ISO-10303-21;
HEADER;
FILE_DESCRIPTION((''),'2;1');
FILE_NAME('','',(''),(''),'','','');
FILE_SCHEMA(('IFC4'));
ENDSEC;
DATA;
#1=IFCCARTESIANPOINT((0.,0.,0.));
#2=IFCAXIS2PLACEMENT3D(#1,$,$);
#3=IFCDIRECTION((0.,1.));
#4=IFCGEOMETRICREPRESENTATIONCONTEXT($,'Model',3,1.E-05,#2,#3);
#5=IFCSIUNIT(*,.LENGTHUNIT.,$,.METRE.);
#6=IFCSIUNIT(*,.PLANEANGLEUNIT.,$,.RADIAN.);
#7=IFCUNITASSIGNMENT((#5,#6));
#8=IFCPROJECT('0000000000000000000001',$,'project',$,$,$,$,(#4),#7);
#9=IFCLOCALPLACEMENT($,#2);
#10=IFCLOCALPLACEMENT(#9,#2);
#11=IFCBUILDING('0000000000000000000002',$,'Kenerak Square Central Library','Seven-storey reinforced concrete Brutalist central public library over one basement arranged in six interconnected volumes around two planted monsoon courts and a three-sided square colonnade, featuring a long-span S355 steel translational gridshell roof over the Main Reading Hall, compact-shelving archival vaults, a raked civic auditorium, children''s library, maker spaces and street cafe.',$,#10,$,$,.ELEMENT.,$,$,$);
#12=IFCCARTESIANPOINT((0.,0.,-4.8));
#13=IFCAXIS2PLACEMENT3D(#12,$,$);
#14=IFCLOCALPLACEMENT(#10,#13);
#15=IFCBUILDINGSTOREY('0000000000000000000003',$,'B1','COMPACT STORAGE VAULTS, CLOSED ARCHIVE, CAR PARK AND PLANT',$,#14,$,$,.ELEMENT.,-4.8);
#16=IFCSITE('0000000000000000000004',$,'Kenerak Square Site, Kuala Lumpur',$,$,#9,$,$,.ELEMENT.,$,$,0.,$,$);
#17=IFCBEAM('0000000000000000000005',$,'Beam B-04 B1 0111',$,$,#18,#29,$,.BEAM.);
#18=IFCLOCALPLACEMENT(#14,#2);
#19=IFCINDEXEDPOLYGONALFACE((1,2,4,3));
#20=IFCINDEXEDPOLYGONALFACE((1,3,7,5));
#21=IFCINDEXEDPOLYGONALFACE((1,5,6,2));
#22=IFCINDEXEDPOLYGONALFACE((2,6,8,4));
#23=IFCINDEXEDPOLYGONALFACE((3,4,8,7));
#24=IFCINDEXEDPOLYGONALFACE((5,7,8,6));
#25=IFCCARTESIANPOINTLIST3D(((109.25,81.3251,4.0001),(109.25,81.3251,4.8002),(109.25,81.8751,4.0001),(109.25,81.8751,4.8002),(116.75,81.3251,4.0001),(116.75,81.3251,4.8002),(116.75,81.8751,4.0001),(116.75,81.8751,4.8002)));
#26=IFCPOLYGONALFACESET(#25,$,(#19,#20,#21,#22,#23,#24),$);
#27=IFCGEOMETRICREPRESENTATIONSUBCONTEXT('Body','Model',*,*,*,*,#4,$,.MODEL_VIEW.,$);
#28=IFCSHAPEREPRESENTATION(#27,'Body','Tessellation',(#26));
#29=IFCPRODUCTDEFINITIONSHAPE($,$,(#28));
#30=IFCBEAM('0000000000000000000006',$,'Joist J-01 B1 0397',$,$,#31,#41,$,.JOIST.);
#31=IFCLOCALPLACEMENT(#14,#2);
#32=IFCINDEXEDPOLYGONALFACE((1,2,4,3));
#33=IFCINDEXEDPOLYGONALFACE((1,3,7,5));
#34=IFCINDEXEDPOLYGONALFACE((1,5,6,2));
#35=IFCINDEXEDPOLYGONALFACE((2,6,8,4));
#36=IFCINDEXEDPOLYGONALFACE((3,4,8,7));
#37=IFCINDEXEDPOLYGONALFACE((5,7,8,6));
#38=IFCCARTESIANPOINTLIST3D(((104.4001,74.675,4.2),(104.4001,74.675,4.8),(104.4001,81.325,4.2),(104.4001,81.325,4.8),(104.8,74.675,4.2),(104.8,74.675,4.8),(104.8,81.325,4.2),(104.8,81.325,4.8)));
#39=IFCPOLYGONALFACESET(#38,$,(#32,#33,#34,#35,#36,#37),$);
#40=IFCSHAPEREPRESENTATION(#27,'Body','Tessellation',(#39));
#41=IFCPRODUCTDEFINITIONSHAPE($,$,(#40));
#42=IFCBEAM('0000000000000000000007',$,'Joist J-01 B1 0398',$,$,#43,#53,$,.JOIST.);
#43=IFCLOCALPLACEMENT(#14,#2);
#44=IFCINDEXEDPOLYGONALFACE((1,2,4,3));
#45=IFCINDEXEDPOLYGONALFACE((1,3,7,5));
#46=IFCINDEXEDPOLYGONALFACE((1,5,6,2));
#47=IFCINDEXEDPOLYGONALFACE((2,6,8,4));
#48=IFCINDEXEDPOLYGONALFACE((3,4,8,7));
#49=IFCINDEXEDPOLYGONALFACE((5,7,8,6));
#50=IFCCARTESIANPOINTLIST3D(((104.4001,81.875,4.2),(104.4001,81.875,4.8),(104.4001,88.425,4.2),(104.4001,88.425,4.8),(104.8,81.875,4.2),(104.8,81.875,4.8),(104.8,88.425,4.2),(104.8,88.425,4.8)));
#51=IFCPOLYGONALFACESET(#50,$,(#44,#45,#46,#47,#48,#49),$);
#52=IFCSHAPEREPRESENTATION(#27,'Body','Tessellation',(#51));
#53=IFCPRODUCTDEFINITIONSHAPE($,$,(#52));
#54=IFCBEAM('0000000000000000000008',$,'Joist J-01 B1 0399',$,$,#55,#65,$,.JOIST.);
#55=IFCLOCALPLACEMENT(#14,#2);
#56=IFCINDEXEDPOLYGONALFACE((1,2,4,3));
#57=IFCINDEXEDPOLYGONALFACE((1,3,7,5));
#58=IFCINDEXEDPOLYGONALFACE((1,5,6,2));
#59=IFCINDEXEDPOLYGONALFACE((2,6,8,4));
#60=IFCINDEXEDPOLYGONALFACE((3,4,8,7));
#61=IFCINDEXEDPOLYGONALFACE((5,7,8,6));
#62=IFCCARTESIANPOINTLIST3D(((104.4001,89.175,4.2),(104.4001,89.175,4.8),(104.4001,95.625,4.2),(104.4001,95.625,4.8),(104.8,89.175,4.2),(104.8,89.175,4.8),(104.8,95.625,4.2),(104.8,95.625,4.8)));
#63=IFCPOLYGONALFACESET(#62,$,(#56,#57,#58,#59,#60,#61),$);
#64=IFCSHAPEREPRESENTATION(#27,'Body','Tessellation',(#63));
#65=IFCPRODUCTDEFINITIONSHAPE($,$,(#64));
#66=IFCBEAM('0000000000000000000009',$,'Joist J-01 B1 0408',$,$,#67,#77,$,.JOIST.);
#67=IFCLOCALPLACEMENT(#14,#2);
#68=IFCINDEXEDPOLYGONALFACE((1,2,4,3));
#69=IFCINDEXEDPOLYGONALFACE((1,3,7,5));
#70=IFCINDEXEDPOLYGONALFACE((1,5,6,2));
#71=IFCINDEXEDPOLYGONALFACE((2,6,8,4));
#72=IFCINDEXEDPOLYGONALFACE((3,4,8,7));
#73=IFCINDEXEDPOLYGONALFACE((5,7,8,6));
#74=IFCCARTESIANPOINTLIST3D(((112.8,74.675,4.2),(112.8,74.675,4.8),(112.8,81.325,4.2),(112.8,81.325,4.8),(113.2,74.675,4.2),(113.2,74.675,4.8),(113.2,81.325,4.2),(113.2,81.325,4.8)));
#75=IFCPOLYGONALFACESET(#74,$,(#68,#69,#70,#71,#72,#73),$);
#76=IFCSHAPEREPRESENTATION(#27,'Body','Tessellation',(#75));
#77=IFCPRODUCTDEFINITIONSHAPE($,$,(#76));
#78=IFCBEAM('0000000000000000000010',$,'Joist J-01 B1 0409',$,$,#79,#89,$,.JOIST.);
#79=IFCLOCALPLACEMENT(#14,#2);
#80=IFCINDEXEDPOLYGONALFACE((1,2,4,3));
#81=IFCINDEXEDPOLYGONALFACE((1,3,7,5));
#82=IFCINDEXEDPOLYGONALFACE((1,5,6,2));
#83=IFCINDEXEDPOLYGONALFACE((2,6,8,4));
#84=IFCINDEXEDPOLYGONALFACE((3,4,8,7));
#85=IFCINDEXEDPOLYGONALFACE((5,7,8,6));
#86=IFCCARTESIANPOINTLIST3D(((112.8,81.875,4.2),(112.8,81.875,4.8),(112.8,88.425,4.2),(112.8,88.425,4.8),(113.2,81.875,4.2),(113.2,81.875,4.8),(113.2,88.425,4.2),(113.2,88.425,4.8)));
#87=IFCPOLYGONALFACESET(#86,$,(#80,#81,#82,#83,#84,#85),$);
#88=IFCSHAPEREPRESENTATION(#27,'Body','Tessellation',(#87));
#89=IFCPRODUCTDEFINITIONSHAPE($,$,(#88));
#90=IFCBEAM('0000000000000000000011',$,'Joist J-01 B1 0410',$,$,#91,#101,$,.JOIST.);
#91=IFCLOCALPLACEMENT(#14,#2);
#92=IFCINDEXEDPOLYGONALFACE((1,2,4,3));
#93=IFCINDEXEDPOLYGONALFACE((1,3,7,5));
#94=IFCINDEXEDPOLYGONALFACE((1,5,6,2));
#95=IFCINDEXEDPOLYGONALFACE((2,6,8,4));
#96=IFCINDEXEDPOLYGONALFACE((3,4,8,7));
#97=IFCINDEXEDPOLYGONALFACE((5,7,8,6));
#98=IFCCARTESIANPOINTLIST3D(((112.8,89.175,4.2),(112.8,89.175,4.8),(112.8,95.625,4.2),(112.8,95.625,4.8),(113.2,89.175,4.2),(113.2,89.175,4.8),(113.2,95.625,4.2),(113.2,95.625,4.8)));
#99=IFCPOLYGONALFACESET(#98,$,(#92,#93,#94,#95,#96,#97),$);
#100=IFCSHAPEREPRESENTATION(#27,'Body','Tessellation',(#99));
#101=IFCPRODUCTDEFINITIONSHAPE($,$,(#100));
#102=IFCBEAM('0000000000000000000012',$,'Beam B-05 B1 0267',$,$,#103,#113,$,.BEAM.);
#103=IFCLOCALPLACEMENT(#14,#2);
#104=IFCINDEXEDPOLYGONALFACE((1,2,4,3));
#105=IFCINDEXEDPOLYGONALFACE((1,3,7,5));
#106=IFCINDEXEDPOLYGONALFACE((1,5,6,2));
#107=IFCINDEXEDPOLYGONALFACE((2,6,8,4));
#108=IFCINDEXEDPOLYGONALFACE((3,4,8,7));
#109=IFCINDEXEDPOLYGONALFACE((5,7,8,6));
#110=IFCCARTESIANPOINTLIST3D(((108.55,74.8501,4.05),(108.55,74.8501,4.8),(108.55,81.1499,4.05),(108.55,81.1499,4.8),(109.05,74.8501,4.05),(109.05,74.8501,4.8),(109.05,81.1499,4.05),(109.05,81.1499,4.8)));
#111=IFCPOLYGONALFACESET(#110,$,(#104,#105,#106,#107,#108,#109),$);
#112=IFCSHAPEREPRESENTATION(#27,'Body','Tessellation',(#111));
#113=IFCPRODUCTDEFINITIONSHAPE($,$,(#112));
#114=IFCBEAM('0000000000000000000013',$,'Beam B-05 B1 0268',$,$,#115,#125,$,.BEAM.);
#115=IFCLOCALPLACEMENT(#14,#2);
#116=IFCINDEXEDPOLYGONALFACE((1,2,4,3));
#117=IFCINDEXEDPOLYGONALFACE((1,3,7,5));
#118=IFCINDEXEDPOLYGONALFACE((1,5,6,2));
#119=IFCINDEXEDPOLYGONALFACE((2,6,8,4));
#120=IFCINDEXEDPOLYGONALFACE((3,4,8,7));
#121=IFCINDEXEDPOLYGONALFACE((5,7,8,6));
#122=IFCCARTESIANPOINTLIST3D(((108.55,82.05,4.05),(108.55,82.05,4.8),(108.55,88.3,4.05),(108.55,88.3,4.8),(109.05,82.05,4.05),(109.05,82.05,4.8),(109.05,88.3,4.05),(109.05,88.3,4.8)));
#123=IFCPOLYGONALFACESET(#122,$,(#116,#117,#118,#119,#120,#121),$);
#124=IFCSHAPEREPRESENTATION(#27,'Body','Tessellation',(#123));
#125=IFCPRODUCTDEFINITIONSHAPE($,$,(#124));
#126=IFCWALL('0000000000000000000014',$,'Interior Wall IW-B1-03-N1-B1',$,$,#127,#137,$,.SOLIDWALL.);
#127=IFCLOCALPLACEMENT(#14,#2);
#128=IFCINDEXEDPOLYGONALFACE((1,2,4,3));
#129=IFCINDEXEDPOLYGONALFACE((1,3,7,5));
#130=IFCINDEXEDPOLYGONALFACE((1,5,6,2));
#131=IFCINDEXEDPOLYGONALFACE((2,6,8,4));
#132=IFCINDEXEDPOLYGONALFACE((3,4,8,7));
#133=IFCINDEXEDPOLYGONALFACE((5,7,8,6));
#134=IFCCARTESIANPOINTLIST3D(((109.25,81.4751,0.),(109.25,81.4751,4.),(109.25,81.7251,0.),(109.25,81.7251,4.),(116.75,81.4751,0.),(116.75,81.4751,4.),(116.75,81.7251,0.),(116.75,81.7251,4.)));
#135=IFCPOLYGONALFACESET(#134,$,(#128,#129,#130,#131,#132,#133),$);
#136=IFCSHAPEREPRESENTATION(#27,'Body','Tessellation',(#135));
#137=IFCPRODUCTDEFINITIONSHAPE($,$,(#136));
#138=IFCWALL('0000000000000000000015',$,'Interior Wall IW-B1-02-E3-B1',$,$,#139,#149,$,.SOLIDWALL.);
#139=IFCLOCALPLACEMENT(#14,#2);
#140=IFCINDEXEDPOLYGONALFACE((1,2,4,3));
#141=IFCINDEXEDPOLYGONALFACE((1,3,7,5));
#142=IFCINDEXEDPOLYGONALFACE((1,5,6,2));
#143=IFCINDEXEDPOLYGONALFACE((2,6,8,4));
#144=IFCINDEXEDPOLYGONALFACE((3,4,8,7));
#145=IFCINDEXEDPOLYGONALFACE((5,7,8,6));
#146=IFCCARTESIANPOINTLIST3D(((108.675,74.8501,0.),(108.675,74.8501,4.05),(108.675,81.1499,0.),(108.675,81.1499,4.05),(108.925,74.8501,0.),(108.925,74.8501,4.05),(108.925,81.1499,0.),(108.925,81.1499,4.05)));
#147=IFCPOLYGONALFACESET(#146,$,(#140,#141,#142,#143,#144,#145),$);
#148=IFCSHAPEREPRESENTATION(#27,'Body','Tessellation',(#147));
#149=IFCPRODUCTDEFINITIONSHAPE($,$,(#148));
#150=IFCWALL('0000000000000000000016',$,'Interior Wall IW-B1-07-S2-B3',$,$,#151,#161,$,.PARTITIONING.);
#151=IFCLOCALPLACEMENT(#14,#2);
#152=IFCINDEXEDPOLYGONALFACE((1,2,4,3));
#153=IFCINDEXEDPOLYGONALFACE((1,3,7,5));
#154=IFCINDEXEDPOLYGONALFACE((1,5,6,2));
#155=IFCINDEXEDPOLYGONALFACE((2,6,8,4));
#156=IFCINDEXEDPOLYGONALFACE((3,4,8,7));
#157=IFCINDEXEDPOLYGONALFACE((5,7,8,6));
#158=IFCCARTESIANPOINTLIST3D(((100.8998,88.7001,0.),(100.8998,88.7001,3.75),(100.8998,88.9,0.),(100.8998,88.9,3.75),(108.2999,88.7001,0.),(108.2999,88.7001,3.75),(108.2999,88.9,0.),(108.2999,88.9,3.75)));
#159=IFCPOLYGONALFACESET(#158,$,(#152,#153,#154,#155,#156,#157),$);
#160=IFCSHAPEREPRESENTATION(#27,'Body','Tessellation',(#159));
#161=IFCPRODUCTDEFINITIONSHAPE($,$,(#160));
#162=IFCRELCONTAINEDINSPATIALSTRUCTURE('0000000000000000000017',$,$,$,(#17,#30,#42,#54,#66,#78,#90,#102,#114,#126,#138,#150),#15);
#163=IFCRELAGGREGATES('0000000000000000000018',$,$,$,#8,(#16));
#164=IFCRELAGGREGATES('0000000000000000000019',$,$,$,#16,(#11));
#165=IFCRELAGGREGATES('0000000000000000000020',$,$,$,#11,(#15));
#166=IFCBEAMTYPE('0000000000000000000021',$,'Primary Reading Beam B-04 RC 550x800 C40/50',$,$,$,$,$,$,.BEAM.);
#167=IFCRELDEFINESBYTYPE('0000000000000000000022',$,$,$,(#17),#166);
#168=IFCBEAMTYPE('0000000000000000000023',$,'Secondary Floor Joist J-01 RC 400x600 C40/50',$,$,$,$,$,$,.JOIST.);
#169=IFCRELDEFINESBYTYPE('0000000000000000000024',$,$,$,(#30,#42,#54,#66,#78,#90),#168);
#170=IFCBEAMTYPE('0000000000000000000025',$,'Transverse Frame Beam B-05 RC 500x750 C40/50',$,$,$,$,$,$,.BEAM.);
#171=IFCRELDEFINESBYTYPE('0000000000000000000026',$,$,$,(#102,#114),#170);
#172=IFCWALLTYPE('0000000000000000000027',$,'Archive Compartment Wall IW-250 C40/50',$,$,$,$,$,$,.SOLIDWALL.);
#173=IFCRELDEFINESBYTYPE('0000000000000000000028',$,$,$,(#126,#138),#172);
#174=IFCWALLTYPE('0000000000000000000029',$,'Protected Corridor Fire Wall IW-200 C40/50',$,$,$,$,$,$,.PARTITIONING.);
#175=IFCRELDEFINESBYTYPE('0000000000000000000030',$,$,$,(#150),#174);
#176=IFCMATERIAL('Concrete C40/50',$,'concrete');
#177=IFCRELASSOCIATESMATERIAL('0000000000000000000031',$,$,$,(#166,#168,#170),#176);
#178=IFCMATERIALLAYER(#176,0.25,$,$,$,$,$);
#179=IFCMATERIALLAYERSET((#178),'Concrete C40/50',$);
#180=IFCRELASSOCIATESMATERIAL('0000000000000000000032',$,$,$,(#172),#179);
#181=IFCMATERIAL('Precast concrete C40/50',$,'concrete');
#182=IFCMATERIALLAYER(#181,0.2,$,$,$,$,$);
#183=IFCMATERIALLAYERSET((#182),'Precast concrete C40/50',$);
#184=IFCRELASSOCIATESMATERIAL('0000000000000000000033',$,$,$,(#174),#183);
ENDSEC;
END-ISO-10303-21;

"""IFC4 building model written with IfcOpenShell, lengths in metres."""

from ifc_helpers import new_model, si_unit, direction, frame, frame_2d, origin, origin_2d, place, context, subcontext, project, spatial, rectangle, extrude, material, layer, layer_set, material_profile, profile_set, type_object, element, save


model = new_model("IFC4")

# Units and contexts
model_context = context("Model", 3, precision=1e-05, world=origin(), true_north=direction((0.0, 1.0)))
body_context = subcontext(model_context, "Body", "Model", "MODEL_VIEW")
ifc_project = project(units=[si_unit("LENGTHUNIT", "METRE"), si_unit("PLANEANGLEUNIT", "RADIAN")], contexts=[model_context])

# Site, building, storey
site_placement = place(None, origin())
site = spatial("IfcSite", under=ifc_project, at=site_placement, Name="Kenerak Square Site, Kuala Lumpur", CompositionType="ELEMENT", RefElevation=0.0)
building_placement = place(site_placement, origin())
building = spatial("IfcBuilding", under=site, at=building_placement, Name="Kenerak Square Central Library", Description="Seven-storey reinforced concrete Brutalist central public library over one basement arranged in six interconnected volumes around two planted monsoon courts and a three-sided square colonnade, featuring a long-span S355 steel translational gridshell roof over the Main Reading Hall, compact-shelving archival vaults, a raked civic auditorium, children's library, maker spaces and street cafe.", CompositionType="ELEMENT")
storey_placement = place(building_placement, frame((0.0, 0.0, -4.8)))
storey = spatial("IfcBuildingStorey", under=building, at=storey_placement, Name="B1", Description="COMPACT STORAGE VAULTS, CLOSED ARCHIVE, CAR PARK AND PLANT", CompositionType="ELEMENT", Elevation=-4.8)

# Shared definitions
ifc_material_1 = material(Name="Concrete C40/50", Category="concrete")

# Beams
ifc_material_profile_1 = material_profile(ifc_material_1, rectangle(XDim=0.55, YDim=0.8, at=origin_2d()), Name="RC 550x800")
ifc_profile_set_1 = profile_set([ifc_material_profile_1], Name="Concrete C40/50")
beam_type_1 = type_object("IfcBeamType", Name="Primary Reading Beam B-04 RC 550x800 C40/50", PredefinedType="BEAM", material=ifc_profile_set_1)
beam_1_placement = place(storey_placement, frame((109.25, 81.6001, 4.4001), z_axis=(1.0, 0.0, 0.0), x_axis=(0.0, 1.0, 0.0)))
element("IfcBeam", 1, at=beam_1_placement, inside=storey, type_object=beam_type_1, Name="Beam B-04 B1 0111", PredefinedType="BEAM", context=body_context, shape_type="SweptSolid", body=[
    extrude(rectangle(XDim=0.55, YDim=0.8, at=origin_2d()), origin(), (0.0, 0.0, 1.0), 7.5),
])
ifc_material_profile_2 = material_profile(ifc_material_1, rectangle(XDim=0.3999, YDim=0.6001, at=origin_2d()), Name="RC 400x600")
ifc_profile_set_2 = profile_set([ifc_material_profile_2], Name="Concrete C40/50")
beam_type_2 = type_object("IfcBeamType", Name="Secondary Floor Joist J-01 RC 400x600 C40/50", PredefinedType="JOIST", material=ifc_profile_set_2)
beam_2_placement = place(storey_placement, frame((104.6001, 74.675, 4.5), z_axis=(0.0, 1.0, 0.0), x_axis=(-1.0, 0.0, 0.0)))
element("IfcBeam", 2, at=beam_2_placement, inside=storey, type_object=beam_type_2, Name="Joist J-01 B1 0397", PredefinedType="JOIST", context=body_context, shape_type="SweptSolid", body=[
    extrude(rectangle(XDim=0.3999, YDim=0.6001, at=origin_2d()), origin(), (0.0, 0.0, 1.0), 6.6499),
])
beam_3_placement = place(storey_placement, frame((104.6001, 81.875, 4.5), z_axis=(0.0, 1.0, 0.0), x_axis=(-1.0, 0.0, 0.0)))
element("IfcBeam", 3, at=beam_3_placement, inside=storey, type_object=beam_type_2, Name="Joist J-01 B1 0398", PredefinedType="JOIST", context=body_context, shape_type="SweptSolid", body=[
    extrude(rectangle(XDim=0.3999, YDim=0.6001, at=origin_2d()), origin(), (0.0, 0.0, 1.0), 6.55),
])
beam_4_placement = place(storey_placement, frame((104.6001, 89.175, 4.5), z_axis=(0.0, 1.0, 0.0), x_axis=(-1.0, 0.0, 0.0)))
element("IfcBeam", 4, at=beam_4_placement, inside=storey, type_object=beam_type_2, Name="Joist J-01 B1 0399", PredefinedType="JOIST", context=body_context, shape_type="SweptSolid", body=[
    extrude(rectangle(XDim=0.3999, YDim=0.6001, at=origin_2d()), origin(), (0.0, 0.0, 1.0), 6.45),
])
beam_5_placement = place(storey_placement, frame((113.0, 74.675, 4.5), z_axis=(0.0, 1.0, 0.0), x_axis=(-1.0, 0.0, 0.0)))
element("IfcBeam", 5, at=beam_5_placement, inside=storey, type_object=beam_type_2, Name="Joist J-01 B1 0408", PredefinedType="JOIST", context=body_context, shape_type="SweptSolid", body=[
    extrude(rectangle(XDim=0.3999, YDim=0.6001, at=origin_2d()), origin(), (0.0, 0.0, 1.0), 6.6499),
])
beam_6_placement = place(storey_placement, frame((113.0, 81.875, 4.5), z_axis=(0.0, 1.0, 0.0), x_axis=(-1.0, 0.0, 0.0)))
element("IfcBeam", 6, at=beam_6_placement, inside=storey, type_object=beam_type_2, Name="Joist J-01 B1 0409", PredefinedType="JOIST", context=body_context, shape_type="SweptSolid", body=[
    extrude(rectangle(XDim=0.3999, YDim=0.6001, at=origin_2d()), origin(), (0.0, 0.0, 1.0), 6.55),
])
beam_7_placement = place(storey_placement, frame((113.0, 89.175, 4.5), z_axis=(0.0, 1.0, 0.0), x_axis=(-1.0, 0.0, 0.0)))
element("IfcBeam", 7, at=beam_7_placement, inside=storey, type_object=beam_type_2, Name="Joist J-01 B1 0410", PredefinedType="JOIST", context=body_context, shape_type="SweptSolid", body=[
    extrude(rectangle(XDim=0.3999, YDim=0.6001, at=origin_2d()), origin(), (0.0, 0.0, 1.0), 6.45),
])
ifc_material_profile_3 = material_profile(ifc_material_1, rectangle(XDim=0.5, YDim=0.75, at=origin_2d()), Name="RC 500x750")
ifc_profile_set_3 = profile_set([ifc_material_profile_3], Name="Concrete C40/50")
beam_type_3 = type_object("IfcBeamType", Name="Transverse Frame Beam B-05 RC 500x750 C40/50", PredefinedType="BEAM", material=ifc_profile_set_3)
beam_8_placement = place(storey_placement, frame((108.8, 74.8501, 4.425), z_axis=(0.0, 1.0, 0.0), x_axis=(-1.0, 0.0, 0.0)))
element("IfcBeam", 8, at=beam_8_placement, inside=storey, type_object=beam_type_3, Name="Beam B-05 B1 0267", PredefinedType="BEAM", context=body_context, shape_type="SweptSolid", body=[
    extrude(rectangle(XDim=0.5, YDim=0.75, at=origin_2d()), origin(), (0.0, 0.0, 1.0), 6.2998),
])
beam_9_placement = place(storey_placement, frame((108.8, 82.05, 4.425), z_axis=(0.0, 1.0, 0.0), x_axis=(-1.0, 0.0, 0.0)))
element("IfcBeam", 9, at=beam_9_placement, inside=storey, type_object=beam_type_3, Name="Beam B-05 B1 0268", PredefinedType="BEAM", context=body_context, shape_type="SweptSolid", body=[
    extrude(rectangle(XDim=0.5, YDim=0.75, at=origin_2d()), origin(), (0.0, 0.0, 1.0), 6.25),
])

# Walls
ifc_layer_1 = layer(ifc_material_1, 0.25)
ifc_layer_set_1 = layer_set([ifc_layer_1], Name="Concrete C40/50")
wall_type_1 = type_object("IfcWallType", Name="Archive Compartment Wall IW-250 C40/50", PredefinedType="SOLIDWALL", material=ifc_layer_set_1)
wall_1_placement = place(storey_placement, frame((109.25, 81.6001, 0.0), z_axis=(0.0, 0.0, 1.0), x_axis=(1.0, 0.0, 0.0)))
element("IfcWall", 10, at=wall_1_placement, inside=storey, type_object=wall_type_1, Name="Interior Wall IW-B1-03-N1-B1", PredefinedType="SOLIDWALL", context=body_context, shape_type="SweptSolid", body=[
    extrude(rectangle(XDim=7.5, YDim=0.25, at=frame_2d((3.75, 0.0))), origin(), (0.0, 0.0, 1.0), 4.0),
])
wall_2_placement = place(storey_placement, frame((108.8, 81.1499, 0.0), z_axis=(0.0, 0.0, 1.0), x_axis=(0.0, -1.0, 0.0)))
element("IfcWall", 11, at=wall_2_placement, inside=storey, type_object=wall_type_1, Name="Interior Wall IW-B1-02-E3-B1", PredefinedType="SOLIDWALL", context=body_context, shape_type="SweptSolid", body=[
    extrude(rectangle(XDim=6.2998, YDim=0.25, at=frame_2d((3.1499, 0.0))), origin(), (0.0, 0.0, 1.0), 4.05),
])
ifc_material_2 = material(Name="Precast concrete C40/50", Category="concrete")
ifc_layer_2 = layer(ifc_material_2, 0.2)
ifc_layer_set_2 = layer_set([ifc_layer_2], Name="Precast concrete C40/50")
wall_type_2 = type_object("IfcWallType", Name="Protected Corridor Fire Wall IW-200 C40/50", PredefinedType="PARTITIONING", material=ifc_layer_set_2)
wall_3_placement = place(storey_placement, frame((108.3, 88.8, 0.0), z_axis=(0.0, 0.0, 1.0), x_axis=(-1.0, 0.0, 0.0)))
element("IfcWall", 12, at=wall_3_placement, inside=storey, type_object=wall_type_2, Name="Interior Wall IW-B1-07-S2-B3", PredefinedType="PARTITIONING", context=body_context, shape_type="SweptSolid", body=[
    extrude(rectangle(XDim=7.4001, YDim=0.2, at=frame_2d((3.7002, 0.0))), origin(), (0.0, 0.0, 1.0), 3.75),
])

save(model, "model.ifc")
